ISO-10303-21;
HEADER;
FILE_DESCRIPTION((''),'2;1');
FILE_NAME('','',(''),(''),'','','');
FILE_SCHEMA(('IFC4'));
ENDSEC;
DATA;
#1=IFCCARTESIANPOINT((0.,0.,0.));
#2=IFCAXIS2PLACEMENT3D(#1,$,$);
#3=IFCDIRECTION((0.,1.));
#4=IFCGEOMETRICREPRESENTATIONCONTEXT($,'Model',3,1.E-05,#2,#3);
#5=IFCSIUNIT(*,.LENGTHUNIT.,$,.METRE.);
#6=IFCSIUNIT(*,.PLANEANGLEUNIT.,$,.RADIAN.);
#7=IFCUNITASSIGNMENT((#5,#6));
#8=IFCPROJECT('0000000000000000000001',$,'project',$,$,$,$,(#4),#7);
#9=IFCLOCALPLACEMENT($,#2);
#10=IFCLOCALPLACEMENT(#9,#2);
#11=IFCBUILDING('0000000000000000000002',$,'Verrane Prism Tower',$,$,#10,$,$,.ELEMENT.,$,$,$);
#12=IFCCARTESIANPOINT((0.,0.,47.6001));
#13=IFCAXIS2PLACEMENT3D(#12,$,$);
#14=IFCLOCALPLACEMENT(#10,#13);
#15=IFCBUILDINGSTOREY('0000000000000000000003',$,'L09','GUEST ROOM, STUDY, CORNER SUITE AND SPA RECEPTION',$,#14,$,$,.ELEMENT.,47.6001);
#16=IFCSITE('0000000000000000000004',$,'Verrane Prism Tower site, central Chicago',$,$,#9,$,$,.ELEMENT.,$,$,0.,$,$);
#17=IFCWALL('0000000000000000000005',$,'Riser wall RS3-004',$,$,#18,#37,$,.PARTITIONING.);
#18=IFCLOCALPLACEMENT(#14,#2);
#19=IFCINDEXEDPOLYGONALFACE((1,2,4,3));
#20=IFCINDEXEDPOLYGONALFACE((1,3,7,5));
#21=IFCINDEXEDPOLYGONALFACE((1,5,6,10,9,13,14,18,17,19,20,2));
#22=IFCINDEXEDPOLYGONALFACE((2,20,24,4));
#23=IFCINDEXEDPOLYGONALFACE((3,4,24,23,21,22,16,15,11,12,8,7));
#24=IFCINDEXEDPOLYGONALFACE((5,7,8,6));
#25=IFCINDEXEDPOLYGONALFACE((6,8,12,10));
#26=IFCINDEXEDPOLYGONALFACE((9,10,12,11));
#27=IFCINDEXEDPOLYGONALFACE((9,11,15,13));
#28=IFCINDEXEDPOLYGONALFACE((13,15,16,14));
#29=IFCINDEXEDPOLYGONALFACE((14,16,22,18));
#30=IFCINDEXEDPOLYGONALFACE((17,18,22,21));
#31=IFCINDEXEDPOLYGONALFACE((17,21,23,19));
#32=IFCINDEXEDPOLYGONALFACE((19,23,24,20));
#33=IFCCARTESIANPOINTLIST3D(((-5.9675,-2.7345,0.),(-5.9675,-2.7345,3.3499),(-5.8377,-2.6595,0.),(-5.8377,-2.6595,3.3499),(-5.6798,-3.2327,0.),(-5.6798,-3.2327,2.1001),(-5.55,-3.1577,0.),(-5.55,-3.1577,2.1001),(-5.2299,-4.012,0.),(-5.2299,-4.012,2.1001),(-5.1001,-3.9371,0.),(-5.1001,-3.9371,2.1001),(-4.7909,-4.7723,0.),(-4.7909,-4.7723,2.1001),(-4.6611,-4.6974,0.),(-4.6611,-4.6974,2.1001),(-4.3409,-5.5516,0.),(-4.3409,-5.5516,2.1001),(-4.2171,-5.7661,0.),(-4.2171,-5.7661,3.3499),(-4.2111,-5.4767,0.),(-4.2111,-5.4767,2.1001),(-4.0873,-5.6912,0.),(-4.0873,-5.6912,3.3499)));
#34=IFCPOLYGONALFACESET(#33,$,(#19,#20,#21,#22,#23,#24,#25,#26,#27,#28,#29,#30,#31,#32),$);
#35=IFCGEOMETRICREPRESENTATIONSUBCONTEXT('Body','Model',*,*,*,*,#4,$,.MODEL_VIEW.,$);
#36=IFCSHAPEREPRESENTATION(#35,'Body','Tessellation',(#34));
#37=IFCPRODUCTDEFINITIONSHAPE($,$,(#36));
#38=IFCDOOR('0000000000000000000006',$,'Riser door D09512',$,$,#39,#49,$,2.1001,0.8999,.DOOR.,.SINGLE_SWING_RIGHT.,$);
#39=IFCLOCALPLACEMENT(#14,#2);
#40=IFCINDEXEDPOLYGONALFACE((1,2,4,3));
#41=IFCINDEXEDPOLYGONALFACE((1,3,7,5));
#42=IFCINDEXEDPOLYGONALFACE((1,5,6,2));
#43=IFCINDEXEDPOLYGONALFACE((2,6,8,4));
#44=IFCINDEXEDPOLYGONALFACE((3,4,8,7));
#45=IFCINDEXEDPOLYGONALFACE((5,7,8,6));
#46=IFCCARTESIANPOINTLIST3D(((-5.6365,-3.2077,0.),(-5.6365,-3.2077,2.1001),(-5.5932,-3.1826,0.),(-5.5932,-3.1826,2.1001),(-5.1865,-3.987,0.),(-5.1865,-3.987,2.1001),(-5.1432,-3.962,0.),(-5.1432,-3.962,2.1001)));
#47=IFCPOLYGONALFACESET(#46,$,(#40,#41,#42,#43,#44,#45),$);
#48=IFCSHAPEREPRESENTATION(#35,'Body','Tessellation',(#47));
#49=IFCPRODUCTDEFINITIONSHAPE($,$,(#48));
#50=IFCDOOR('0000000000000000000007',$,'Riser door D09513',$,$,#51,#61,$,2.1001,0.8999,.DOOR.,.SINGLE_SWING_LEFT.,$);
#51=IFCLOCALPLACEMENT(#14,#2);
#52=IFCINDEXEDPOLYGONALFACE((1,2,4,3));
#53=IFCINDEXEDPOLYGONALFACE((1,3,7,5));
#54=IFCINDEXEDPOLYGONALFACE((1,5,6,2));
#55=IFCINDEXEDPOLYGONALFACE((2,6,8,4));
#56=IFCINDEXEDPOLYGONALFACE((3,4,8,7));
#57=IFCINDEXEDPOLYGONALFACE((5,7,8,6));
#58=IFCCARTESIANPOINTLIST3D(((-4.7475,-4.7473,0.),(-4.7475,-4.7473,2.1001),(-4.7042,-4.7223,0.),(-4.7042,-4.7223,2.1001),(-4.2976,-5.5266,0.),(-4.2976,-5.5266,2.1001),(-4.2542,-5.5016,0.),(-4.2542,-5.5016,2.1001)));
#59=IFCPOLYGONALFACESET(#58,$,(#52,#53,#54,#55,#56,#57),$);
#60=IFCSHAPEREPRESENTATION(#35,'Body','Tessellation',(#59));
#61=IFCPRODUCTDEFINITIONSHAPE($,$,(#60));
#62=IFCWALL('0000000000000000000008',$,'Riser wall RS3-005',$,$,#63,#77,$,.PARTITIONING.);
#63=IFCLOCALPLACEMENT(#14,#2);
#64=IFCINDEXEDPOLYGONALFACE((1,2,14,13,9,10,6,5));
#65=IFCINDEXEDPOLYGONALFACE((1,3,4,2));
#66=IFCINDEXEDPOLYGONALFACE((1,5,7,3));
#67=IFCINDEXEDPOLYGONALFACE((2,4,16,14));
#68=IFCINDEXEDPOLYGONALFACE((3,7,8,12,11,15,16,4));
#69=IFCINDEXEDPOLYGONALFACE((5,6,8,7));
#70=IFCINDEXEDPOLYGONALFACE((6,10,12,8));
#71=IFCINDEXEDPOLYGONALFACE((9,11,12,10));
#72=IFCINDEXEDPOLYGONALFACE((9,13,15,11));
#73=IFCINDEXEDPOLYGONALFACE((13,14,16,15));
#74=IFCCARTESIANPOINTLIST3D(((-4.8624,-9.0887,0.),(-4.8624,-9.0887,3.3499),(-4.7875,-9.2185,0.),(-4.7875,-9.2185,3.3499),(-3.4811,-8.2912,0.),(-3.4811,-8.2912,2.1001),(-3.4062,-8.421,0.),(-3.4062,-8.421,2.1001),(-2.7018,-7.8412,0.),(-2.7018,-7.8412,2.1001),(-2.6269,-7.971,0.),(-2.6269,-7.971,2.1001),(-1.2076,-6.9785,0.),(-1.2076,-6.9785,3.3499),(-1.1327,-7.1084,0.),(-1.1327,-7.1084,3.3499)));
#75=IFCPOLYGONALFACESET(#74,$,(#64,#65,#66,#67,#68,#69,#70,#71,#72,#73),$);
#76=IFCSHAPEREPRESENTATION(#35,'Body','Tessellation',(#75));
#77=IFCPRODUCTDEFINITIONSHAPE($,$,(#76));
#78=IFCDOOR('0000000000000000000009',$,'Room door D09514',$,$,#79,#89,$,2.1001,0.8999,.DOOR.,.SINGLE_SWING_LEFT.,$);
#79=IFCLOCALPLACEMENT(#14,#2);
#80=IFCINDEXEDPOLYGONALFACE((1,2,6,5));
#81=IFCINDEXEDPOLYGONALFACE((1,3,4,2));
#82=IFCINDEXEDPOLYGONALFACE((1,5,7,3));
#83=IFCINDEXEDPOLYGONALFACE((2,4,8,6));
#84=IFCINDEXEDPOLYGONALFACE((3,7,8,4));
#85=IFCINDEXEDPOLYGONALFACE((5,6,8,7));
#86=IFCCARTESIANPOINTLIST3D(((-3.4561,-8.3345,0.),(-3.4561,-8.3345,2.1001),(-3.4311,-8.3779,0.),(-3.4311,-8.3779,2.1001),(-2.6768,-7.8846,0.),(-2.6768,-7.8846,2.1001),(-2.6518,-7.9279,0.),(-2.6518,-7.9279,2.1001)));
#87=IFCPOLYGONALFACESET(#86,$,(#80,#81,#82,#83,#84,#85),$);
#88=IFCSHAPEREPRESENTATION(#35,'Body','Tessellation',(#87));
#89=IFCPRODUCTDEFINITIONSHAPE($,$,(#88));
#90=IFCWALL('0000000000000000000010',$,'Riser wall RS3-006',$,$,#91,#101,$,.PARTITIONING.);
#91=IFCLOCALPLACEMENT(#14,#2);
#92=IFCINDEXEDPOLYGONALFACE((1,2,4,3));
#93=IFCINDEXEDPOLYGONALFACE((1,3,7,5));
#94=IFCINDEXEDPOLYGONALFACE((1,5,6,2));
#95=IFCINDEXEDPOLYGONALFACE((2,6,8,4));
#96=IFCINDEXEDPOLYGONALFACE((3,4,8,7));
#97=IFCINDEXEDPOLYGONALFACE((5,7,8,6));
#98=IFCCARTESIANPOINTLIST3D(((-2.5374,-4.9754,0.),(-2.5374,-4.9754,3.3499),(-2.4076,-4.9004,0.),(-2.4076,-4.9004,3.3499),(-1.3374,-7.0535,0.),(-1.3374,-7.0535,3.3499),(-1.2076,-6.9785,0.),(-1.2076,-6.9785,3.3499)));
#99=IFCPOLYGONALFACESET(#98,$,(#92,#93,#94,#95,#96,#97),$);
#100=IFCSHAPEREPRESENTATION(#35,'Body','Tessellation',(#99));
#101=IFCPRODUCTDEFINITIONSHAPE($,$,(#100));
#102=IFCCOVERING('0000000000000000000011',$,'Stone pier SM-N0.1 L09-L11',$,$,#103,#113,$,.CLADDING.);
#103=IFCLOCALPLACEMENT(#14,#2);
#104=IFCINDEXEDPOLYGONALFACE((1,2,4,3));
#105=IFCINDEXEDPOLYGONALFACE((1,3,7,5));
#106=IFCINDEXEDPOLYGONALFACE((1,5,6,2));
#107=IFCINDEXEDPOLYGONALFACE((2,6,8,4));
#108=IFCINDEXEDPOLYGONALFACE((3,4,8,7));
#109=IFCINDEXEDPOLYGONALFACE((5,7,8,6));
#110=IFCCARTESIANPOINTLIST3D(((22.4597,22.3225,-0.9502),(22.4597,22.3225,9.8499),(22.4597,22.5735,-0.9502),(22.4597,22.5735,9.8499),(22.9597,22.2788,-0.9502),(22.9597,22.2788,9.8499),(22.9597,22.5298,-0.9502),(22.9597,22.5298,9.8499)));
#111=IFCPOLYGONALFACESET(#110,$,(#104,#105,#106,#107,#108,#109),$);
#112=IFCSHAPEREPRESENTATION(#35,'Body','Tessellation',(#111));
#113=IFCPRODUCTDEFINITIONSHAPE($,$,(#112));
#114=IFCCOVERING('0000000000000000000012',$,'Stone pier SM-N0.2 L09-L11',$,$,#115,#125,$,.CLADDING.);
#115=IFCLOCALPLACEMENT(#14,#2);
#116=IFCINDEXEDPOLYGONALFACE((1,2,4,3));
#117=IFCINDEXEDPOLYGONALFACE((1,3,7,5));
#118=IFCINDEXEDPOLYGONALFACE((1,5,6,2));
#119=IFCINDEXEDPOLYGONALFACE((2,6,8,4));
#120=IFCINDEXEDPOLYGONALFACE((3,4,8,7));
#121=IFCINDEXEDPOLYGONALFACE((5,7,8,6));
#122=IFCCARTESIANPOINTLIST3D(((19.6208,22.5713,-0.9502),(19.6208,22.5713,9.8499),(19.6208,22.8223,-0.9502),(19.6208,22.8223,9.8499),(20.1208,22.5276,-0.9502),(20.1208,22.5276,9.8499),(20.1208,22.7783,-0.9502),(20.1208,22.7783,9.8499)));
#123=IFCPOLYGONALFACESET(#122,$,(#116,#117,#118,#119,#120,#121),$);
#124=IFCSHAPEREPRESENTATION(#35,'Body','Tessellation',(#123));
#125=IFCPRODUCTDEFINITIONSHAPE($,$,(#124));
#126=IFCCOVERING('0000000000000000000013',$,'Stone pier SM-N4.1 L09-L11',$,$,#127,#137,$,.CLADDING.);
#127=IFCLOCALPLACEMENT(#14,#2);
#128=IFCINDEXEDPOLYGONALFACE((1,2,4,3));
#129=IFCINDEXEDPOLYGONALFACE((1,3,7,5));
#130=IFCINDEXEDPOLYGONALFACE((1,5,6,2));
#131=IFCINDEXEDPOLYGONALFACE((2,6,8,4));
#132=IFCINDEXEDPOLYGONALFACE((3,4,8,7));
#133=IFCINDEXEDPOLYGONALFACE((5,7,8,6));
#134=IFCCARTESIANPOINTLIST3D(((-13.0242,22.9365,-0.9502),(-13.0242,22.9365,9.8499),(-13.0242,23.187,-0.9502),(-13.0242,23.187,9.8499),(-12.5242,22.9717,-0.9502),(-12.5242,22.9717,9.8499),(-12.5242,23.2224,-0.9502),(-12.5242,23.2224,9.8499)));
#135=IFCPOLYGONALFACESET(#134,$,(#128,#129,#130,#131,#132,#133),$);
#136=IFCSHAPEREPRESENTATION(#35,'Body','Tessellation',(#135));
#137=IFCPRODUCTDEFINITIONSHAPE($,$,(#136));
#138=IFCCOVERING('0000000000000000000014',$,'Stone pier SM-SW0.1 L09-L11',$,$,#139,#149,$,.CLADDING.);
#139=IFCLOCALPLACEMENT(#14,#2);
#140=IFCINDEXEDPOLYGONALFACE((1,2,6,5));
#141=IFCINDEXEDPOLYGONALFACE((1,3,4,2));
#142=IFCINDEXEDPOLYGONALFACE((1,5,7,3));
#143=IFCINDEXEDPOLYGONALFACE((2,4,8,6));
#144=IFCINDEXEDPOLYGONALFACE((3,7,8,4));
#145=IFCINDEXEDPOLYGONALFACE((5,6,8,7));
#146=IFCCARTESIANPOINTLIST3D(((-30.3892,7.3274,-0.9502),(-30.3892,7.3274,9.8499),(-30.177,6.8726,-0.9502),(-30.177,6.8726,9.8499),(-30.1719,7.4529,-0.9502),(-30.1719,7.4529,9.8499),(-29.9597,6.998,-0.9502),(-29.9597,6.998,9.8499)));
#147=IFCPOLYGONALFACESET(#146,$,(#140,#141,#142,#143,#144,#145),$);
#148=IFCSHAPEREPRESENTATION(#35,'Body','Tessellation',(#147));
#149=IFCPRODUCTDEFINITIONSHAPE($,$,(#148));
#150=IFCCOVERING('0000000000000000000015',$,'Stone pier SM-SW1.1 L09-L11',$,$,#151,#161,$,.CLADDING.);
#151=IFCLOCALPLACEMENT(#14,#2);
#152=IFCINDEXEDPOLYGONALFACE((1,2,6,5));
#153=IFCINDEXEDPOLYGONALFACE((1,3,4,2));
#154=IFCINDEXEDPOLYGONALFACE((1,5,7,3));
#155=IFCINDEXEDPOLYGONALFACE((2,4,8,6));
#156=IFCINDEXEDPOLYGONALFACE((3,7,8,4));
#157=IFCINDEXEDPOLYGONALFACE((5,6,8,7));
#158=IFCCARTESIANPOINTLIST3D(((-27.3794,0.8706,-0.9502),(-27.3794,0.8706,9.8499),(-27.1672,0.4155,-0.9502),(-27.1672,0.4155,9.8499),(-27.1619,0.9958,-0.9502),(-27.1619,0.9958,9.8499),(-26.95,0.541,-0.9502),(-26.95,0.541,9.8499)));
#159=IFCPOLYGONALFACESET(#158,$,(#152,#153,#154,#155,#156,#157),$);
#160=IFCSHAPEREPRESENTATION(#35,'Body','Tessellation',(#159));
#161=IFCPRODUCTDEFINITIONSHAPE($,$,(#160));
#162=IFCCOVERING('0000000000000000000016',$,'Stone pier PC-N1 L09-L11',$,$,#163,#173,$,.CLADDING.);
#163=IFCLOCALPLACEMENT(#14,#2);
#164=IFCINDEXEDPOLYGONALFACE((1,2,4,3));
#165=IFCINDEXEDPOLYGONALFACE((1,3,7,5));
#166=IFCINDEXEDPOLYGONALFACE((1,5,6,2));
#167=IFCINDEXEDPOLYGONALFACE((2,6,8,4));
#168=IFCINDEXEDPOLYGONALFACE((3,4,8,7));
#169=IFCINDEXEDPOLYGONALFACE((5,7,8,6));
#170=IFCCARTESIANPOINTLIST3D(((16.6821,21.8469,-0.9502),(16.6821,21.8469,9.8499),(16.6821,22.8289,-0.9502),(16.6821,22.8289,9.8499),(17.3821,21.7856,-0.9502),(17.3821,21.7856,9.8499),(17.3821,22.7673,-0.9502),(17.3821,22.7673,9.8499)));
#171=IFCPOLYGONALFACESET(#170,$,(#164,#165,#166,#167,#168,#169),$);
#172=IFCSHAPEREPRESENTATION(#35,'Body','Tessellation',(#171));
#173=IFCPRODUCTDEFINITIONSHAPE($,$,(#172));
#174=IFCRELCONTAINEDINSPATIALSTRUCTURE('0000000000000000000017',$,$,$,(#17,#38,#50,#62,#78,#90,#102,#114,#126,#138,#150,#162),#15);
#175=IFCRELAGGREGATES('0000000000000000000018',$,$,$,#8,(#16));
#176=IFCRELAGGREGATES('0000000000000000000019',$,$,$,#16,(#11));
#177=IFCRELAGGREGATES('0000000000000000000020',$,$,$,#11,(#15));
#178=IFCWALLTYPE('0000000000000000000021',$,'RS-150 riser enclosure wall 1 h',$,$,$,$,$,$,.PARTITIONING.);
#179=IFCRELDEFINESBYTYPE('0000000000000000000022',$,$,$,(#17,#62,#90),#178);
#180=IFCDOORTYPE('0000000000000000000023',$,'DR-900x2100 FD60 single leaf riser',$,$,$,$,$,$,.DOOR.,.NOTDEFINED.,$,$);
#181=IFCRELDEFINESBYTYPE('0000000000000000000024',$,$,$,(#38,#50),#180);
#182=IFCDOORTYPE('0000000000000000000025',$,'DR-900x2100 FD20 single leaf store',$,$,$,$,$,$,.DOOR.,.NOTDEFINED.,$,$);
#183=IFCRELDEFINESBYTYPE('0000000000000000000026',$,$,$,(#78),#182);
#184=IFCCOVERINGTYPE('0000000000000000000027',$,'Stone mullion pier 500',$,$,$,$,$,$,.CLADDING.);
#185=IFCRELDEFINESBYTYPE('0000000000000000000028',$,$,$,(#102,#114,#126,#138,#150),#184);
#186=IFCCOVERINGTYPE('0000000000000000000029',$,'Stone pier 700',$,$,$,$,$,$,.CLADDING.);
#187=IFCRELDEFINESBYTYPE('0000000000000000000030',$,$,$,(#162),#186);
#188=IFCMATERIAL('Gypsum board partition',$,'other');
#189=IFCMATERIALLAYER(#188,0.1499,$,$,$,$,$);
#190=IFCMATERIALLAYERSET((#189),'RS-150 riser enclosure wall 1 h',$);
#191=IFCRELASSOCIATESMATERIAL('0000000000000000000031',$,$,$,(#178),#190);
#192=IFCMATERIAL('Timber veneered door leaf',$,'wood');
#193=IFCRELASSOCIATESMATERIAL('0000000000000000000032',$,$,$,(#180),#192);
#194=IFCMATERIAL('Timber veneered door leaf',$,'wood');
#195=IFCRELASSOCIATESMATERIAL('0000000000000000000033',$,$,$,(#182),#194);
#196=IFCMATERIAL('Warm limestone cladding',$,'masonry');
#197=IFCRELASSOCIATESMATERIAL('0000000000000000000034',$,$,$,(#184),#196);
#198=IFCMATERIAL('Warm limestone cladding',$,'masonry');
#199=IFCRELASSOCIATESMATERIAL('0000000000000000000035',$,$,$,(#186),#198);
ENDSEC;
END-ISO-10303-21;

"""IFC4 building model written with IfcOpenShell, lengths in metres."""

from ifc_helpers import new_model, si_unit, direction, frame, frame_2d, origin, place, context, subcontext, project, spatial, polyline, rectangle, outline, extrude, material, layer, layer_set, type_object, element, fill, save


model = new_model("IFC4")

# Units and contexts
model_context = context("Model", 3, precision=1e-05, world=origin(), true_north=direction((0.0, 1.0)))
body_context = subcontext(model_context, "Body", "Model", "MODEL_VIEW")
ifc_project = project(units=[si_unit("LENGTHUNIT", "METRE"), si_unit("PLANEANGLEUNIT", "RADIAN")], contexts=[model_context])

# Site, building, storey
site_placement = place(None, origin())
site = spatial("IfcSite", under=ifc_project, at=site_placement, Name="Verrane Prism Tower site, central Chicago", CompositionType="ELEMENT", RefElevation=0.0)
building_placement = place(site_placement, origin())
building = spatial("IfcBuilding", under=site, at=building_placement, Name="Verrane Prism Tower", CompositionType="ELEMENT")
storey_placement = place(building_placement, frame((0.0, 0.0, 47.6001)))
storey = spatial("IfcBuildingStorey", under=building, at=storey_placement, Name="L09", Description="GUEST ROOM, STUDY, CORNER SUITE AND SPA RECEPTION", CompositionType="ELEMENT", Elevation=47.6001)

# Wall, openings, doors
ifc_material_1 = material(Name="Gypsum board partition", Category="other")
ifc_layer_1 = layer(ifc_material_1, 0.1499)
ifc_layer_set_1 = layer_set([ifc_layer_1], Name="RS-150 riser enclosure wall 1 h")
wall_type_1 = type_object("IfcWallType", Name="RS-150 riser enclosure wall 1 h", PredefinedType="PARTITIONING", material=ifc_layer_set_1)
wall_1_placement = place(storey_placement, frame((-4.1521, -5.7288, 0.0), z_axis=(0.0, 0.0, 1.0), x_axis=(-0.500024, 0.866011, 0.0)))
wall_1 = element("IfcWall", 1, at=wall_1_placement, inside=storey, type_object=wall_type_1, Name="Riser wall RS3-004", PredefinedType="PARTITIONING", context=body_context, shape_type="SweptSolid", body=[
    extrude(rectangle(XDim=3.5007, YDim=0.1499, at=frame_2d((1.7505, 0.0))), origin(), (0.0, 0.0, 1.0), 3.3499),
])
opening_1_placement = place(wall_1_placement, frame((2.0256, 0.0, 0.0)))
opening_1 = element("IfcOpeningElement", 2, at=opening_1_placement, cuts=wall_1, PredefinedType="OPENING", context=body_context, shape_type="SweptSolid", body=[
    extrude(rectangle(XDim=0.8999, YDim=2.1001, at=frame_2d((0.45, 1.05))), frame((0.0, 0.085, 0.0), z_axis=(0.0, -1.0, 0.0), x_axis=(1.0, 0.0, 0.0)), (0.0, 0.0, 1.0), 0.1699),
])
opening_2_placement = place(wall_1_placement, frame((0.2478, 0.0, 0.0)))
opening_2 = element("IfcOpeningElement", 3, at=opening_2_placement, cuts=wall_1, PredefinedType="OPENING", context=body_context, shape_type="SweptSolid", body=[
    extrude(rectangle(XDim=0.8999, YDim=2.1001, at=frame_2d((0.45, 1.05))), frame((0.0, 0.085, 0.0), z_axis=(0.0, -1.0, 0.0), x_axis=(1.0, 0.0, 0.0)), (0.0, 0.0, 1.0), 0.1699),
])
ifc_material_2 = material(Name="Timber veneered door leaf", Category="wood")
door_type_1 = type_object("IfcDoorType", Name="DR-900x2100 FD60 single leaf riser", OperationType="NOTDEFINED", PredefinedType="DOOR", material=ifc_material_2)
door_1_placement = place(opening_1_placement, origin())
door_1 = element("IfcDoor", 4, at=door_1_placement, inside=storey, type_object=door_type_1, Name="Riser door D09512", OperationType="SINGLE_SWING_RIGHT", OverallHeight=2.1001, OverallWidth=0.8999, PredefinedType="DOOR", context=body_context, shape_type="SweptSolid", body=[
    extrude(rectangle(XDim=0.8999, YDim=2.1001, at=frame_2d((0.45, 1.05))), frame((0.0, 0.0249, 0.0), z_axis=(0.0, -1.0, 0.0), x_axis=(1.0, 0.0, 0.0)), (0.0, 0.0, 1.0), 0.05),
])
fill(opening_1, door_1)
door_2_placement = place(opening_2_placement, origin())
door_2 = element("IfcDoor", 5, at=door_2_placement, inside=storey, type_object=door_type_1, Name="Riser door D09513", OperationType="SINGLE_SWING_LEFT", OverallHeight=2.1001, OverallWidth=0.8999, PredefinedType="DOOR", context=body_context, shape_type="SweptSolid", body=[
    extrude(rectangle(XDim=0.8999, YDim=2.1001, at=frame_2d((0.45, 1.05))), frame((0.0, 0.0249, 0.0), z_axis=(0.0, -1.0, 0.0), x_axis=(1.0, 0.0, 0.0)), (0.0, 0.0, 1.0), 0.05),
])
fill(opening_2, door_2)

# Wall, opening, door
wall_2_placement = place(storey_placement, frame((-4.825, -9.1536, 0.0), z_axis=(0.0, 0.0, 1.0), x_axis=(0.866024, 0.500003, 0.0)))
wall_2 = element("IfcWall", 6, at=wall_2_placement, inside=storey, type_object=wall_type_1, Name="Riser wall RS3-005", PredefinedType="PARTITIONING", context=body_context, shape_type="SweptSolid", body=[
    extrude(rectangle(XDim=4.2202, YDim=0.1499, at=frame_2d((2.1101, 0.0))), origin(), (0.0, 0.0, 1.0), 3.3499),
])
opening_3_placement = place(wall_2_placement, frame((1.595, 0.0, 0.0)))
opening_3 = element("IfcOpeningElement", 7, at=opening_3_placement, cuts=wall_2, PredefinedType="OPENING", context=body_context, shape_type="SweptSolid", body=[
    extrude(rectangle(XDim=0.8999, YDim=2.1001, at=frame_2d((0.45, 1.05))), frame((0.0, 0.085, 0.0), z_axis=(0.0, -1.0, 0.0), x_axis=(1.0, 0.0, 0.0)), (0.0, 0.0, 1.0), 0.1699),
])
ifc_material_3 = material(Name="Timber veneered door leaf", Category="wood")
door_type_2 = type_object("IfcDoorType", Name="DR-900x2100 FD20 single leaf store", OperationType="NOTDEFINED", PredefinedType="DOOR", material=ifc_material_3)
door_3_placement = place(opening_3_placement, origin())
door_3 = element("IfcDoor", 8, at=door_3_placement, inside=storey, type_object=door_type_2, Name="Room door D09514", OperationType="SINGLE_SWING_LEFT", OverallHeight=2.1001, OverallWidth=0.8999, PredefinedType="DOOR", context=body_context, shape_type="SweptSolid", body=[
    extrude(rectangle(XDim=0.8999, YDim=2.1001, at=frame_2d((0.45, 1.05))), frame((0.0, 0.0249, 0.0), z_axis=(0.0, -1.0, 0.0), x_axis=(1.0, 0.0, 0.0)), (0.0, 0.0, 1.0), 0.05),
])
fill(opening_3, door_3)

# Wall
wall_3_placement = place(storey_placement, frame((-2.4724, -4.938, 0.0), z_axis=(0.0, 0.0, 1.0), x_axis=(0.500045, -0.865999, 0.0)))
element("IfcWall", 9, at=wall_3_placement, inside=storey, type_object=wall_type_1, Name="Riser wall RS3-006", PredefinedType="PARTITIONING", context=body_context, shape_type="SweptSolid", body=[
    extrude(rectangle(XDim=2.3997, YDim=0.1499, at=frame_2d((1.1997, 0.0))), origin(), (0.0, 0.0, 1.0), 3.3499),
])

# Coverings
ifc_material_4 = material(Name="Warm limestone cladding", Category="masonry")
covering_type_1 = type_object("IfcCoveringType", Name="Stone mullion pier 500", PredefinedType="CLADDING", material=ifc_material_4)
covering_1_placement = place(storey_placement, frame((0.0, 0.0, -0.9502)))
element("IfcCovering", 10, at=covering_1_placement, inside=storey, type_object=covering_type_1, Name="Stone pier SM-N0.1 L09-L11", PredefinedType="CLADDING", context=body_context, shape_type="SweptSolid", body=[
    extrude(outline(polyline([(22.4597, 22.3225), (22.9597, 22.2788), (22.9597, 22.5298), (22.4597, 22.5735), (22.4597, 22.3225)])), origin(), (0.0, 0.0, 1.0), 10.8),
])
covering_2_placement = place(storey_placement, frame((0.0, 0.0, -0.9502)))
element("IfcCovering", 11, at=covering_2_placement, inside=storey, type_object=covering_type_1, Name="Stone pier SM-N0.2 L09-L11", PredefinedType="CLADDING", context=body_context, shape_type="SweptSolid", body=[
    extrude(outline(polyline([(19.6208, 22.5713), (20.1208, 22.5276), (20.1208, 22.7783), (19.6208, 22.8223), (19.6208, 22.5713)])), origin(), (0.0, 0.0, 1.0), 10.8),
])
covering_3_placement = place(storey_placement, frame((0.0, 0.0, -0.9502)))
element("IfcCovering", 12, at=covering_3_placement, inside=storey, type_object=covering_type_1, Name="Stone pier SM-N4.1 L09-L11", PredefinedType="CLADDING", context=body_context, shape_type="SweptSolid", body=[
    extrude(outline(polyline([(-13.0242, 22.9365), (-12.5242, 22.9717), (-12.5242, 23.2224), (-13.0242, 23.187), (-13.0242, 22.9365)])), origin(), (0.0, 0.0, 1.0), 10.8),
])
covering_4_placement = place(storey_placement, frame((0.0, 0.0, -0.9502)))
element("IfcCovering", 13, at=covering_4_placement, inside=storey, type_object=covering_type_1, Name="Stone pier SM-SW0.1 L09-L11", PredefinedType="CLADDING", context=body_context, shape_type="SweptSolid", body=[
    extrude(outline(polyline([(-29.9597, 6.998), (-30.1719, 7.4529), (-30.3892, 7.3274), (-30.177, 6.8726), (-29.9597, 6.998)])), origin(), (0.0, 0.0, 1.0), 10.8),
])
covering_5_placement = place(storey_placement, frame((0.0, 0.0, -0.9502)))
element("IfcCovering", 14, at=covering_5_placement, inside=storey, type_object=covering_type_1, Name="Stone pier SM-SW1.1 L09-L11", PredefinedType="CLADDING", context=body_context, shape_type="SweptSolid", body=[
    extrude(outline(polyline([(-26.95, 0.541), (-27.1619, 0.9958), (-27.3794, 0.8706), (-27.1672, 0.4155), (-26.95, 0.541)])), origin(), (0.0, 0.0, 1.0), 10.8),
])
ifc_material_5 = material(Name="Warm limestone cladding", Category="masonry")
covering_type_2 = type_object("IfcCoveringType", Name="Stone pier 700", PredefinedType="CLADDING", material=ifc_material_5)
covering_6_placement = place(storey_placement, frame((0.0, 0.0, -0.9502)))
element("IfcCovering", 15, at=covering_6_placement, inside=storey, type_object=covering_type_2, Name="Stone pier PC-N1 L09-L11", PredefinedType="CLADDING", context=body_context, shape_type="SweptSolid", body=[
    extrude(outline(polyline([(16.6821, 22.8289), (16.6821, 21.8469), (17.3821, 21.7856), (17.3821, 22.7673), (16.6821, 22.8289)])), origin(), (0.0, 0.0, 1.0), 10.8),
])

save(model, "model.ifc")
